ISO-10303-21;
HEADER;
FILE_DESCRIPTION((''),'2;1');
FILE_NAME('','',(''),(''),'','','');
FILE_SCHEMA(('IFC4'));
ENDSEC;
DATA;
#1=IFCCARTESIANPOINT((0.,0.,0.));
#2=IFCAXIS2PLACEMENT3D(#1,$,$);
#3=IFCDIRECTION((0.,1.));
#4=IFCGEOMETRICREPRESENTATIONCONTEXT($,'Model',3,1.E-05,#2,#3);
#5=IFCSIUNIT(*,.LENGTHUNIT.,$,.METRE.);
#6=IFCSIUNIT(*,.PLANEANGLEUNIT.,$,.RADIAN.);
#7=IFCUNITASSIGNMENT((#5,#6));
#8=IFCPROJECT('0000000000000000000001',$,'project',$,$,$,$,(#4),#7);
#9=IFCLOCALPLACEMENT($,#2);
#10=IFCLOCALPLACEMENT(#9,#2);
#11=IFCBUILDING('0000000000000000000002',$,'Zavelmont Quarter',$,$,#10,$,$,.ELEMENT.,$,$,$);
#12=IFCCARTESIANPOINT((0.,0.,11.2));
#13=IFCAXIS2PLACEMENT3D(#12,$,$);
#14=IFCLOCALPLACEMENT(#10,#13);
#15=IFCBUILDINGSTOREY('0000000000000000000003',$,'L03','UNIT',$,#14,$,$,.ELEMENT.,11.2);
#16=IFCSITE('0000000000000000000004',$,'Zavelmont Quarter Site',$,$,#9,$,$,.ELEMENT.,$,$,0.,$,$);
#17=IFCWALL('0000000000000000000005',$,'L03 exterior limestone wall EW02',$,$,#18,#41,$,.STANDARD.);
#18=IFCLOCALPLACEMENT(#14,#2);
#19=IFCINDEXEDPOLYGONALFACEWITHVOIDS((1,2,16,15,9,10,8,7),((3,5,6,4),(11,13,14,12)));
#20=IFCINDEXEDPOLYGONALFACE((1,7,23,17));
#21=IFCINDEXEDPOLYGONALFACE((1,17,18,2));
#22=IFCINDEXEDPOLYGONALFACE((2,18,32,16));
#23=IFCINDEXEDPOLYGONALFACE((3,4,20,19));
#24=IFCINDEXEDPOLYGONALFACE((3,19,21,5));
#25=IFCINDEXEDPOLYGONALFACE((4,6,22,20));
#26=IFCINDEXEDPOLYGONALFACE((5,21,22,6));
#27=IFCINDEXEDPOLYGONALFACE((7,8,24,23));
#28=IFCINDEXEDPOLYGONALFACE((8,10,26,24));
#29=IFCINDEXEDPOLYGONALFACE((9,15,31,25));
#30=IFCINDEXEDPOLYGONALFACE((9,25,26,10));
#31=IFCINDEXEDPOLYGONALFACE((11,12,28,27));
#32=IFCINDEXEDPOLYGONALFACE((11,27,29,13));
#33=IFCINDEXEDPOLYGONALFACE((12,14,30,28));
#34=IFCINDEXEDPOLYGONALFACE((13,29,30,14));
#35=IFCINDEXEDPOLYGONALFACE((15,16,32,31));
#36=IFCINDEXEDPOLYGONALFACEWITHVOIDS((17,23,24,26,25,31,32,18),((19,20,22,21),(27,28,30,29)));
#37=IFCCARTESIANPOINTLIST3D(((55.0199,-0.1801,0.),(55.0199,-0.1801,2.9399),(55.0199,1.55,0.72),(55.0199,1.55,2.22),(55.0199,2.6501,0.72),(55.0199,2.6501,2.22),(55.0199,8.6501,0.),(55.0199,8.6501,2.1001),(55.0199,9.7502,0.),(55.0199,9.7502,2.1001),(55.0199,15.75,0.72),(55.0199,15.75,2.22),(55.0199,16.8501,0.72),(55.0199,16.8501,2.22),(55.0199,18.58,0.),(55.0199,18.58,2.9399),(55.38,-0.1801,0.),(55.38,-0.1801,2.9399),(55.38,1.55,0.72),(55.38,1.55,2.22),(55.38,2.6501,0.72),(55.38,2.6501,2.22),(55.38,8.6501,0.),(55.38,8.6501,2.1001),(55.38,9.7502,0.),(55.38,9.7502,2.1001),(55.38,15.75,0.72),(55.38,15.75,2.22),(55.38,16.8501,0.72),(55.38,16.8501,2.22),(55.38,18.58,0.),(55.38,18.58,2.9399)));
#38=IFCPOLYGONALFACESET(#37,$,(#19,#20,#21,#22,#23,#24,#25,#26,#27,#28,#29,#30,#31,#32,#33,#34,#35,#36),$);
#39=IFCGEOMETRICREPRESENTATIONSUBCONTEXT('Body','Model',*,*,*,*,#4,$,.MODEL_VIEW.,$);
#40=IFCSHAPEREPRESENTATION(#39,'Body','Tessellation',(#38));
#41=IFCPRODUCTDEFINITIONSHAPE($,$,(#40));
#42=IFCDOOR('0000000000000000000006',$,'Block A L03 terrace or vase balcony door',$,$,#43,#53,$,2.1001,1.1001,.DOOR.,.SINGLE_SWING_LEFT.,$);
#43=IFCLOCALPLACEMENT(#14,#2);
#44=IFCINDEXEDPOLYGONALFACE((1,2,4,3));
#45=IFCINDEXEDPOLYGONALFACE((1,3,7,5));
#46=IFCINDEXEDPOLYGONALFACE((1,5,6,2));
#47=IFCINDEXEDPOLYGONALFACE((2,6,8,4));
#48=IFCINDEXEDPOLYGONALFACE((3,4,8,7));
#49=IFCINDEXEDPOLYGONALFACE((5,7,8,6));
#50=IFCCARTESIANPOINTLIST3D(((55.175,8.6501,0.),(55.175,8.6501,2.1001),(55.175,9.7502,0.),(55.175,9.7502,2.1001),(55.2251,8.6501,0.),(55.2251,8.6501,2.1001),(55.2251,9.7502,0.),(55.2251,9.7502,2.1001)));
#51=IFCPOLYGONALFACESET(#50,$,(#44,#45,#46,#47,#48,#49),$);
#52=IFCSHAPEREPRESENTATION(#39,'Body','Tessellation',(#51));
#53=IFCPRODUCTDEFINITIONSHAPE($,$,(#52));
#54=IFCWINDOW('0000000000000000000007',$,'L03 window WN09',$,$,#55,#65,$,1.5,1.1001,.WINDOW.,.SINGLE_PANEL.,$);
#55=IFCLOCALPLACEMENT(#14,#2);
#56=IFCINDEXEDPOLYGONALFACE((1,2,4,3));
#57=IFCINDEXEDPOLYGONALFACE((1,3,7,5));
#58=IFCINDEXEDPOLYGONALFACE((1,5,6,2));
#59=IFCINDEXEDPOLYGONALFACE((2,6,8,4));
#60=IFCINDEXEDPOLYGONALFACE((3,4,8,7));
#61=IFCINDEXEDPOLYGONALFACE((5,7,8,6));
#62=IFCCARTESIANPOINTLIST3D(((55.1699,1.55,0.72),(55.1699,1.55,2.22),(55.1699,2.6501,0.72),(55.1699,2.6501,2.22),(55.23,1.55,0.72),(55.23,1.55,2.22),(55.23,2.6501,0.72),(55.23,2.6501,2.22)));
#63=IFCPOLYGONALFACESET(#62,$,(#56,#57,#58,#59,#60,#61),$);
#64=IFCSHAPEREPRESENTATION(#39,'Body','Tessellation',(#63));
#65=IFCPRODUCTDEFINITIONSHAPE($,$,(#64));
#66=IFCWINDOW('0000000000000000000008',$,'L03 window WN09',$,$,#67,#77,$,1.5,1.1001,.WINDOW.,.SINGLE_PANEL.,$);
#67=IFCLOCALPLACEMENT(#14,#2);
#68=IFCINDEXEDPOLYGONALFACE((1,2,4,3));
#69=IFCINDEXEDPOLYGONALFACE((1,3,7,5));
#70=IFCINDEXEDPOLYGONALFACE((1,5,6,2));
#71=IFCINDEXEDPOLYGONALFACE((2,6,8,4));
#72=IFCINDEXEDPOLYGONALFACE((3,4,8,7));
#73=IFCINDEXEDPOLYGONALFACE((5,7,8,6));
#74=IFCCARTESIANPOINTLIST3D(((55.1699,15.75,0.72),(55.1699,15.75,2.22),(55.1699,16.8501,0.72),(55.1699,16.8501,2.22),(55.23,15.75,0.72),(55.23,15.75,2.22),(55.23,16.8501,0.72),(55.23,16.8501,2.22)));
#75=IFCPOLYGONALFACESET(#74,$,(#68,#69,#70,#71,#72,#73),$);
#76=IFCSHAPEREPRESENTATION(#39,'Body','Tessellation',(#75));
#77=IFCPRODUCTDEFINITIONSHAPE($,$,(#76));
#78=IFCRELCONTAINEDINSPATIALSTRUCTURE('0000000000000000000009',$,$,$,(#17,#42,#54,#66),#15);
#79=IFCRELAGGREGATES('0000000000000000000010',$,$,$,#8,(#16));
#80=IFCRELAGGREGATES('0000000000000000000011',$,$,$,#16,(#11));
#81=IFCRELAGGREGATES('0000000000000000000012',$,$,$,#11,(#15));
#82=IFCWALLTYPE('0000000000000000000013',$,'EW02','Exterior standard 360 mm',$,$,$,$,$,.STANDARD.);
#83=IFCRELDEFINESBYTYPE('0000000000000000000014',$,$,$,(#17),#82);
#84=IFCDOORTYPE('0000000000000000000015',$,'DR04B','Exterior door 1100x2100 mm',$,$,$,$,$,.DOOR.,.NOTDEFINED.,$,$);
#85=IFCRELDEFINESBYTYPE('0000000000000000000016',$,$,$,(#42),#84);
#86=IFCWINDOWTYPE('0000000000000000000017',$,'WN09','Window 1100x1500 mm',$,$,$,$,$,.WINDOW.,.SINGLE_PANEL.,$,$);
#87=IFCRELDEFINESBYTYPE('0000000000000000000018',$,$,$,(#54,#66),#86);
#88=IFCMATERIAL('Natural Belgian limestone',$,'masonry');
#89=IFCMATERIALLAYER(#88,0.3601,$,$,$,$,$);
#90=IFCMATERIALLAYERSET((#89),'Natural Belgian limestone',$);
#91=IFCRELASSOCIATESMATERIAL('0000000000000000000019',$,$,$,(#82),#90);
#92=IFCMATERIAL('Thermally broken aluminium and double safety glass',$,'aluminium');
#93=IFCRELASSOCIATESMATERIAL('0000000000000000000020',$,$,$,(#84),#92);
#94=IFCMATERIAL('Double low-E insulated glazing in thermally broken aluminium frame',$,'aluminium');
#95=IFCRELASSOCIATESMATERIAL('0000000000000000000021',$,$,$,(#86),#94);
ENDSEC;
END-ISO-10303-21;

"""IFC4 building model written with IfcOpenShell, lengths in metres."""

from ifc_helpers import new_model, si_unit, direction, frame, frame_2d, origin, origin_with_axes, place, context, subcontext, project, spatial, rectangle, extrude, material, layer, layer_set, type_object, element, fill, save


model = new_model("IFC4")

# Units and contexts
model_context = context("Model", 3, precision=1e-05, world=origin(), true_north=direction((0.0, 1.0)))
body_context = subcontext(model_context, "Body", "Model", "MODEL_VIEW")
ifc_project = project(units=[si_unit("LENGTHUNIT", "METRE"), si_unit("PLANEANGLEUNIT", "RADIAN")], contexts=[model_context])

# Site, building, storey
site_placement = place(None, origin())
site = spatial("IfcSite", under=ifc_project, at=site_placement, Name="Zavelmont Quarter Site", CompositionType="ELEMENT", RefElevation=0.0)
building_placement = place(site_placement, origin())
building = spatial("IfcBuilding", under=site, at=building_placement, Name="Zavelmont Quarter", CompositionType="ELEMENT")
storey_placement = place(building_placement, frame((0.0, 0.0, 11.2)))
storey = spatial("IfcBuildingStorey", under=building, at=storey_placement, Name="L03", Description="UNIT", CompositionType="ELEMENT", Elevation=11.2)

# Wall, openings, door, windows
ifc_material_1 = material(Name="Natural Belgian limestone", Category="masonry")
ifc_layer = layer(ifc_material_1, 0.3601)
ifc_layer_set = layer_set([ifc_layer], Name="Natural Belgian limestone")
wall_type = type_object("IfcWallType", Name="EW02", Description="Exterior standard 360 mm", PredefinedType="STANDARD", material=ifc_layer_set)
wall_placement = place(storey_placement, frame((55.2, -0.1799, 0.0), z_axis=(0.0, 0.0, 1.0), x_axis=(0.0, 1.0, 0.0)))
wall = element("IfcWall", 1, at=wall_placement, inside=storey, type_object=wall_type, Name="L03 exterior limestone wall EW02", PredefinedType="STANDARD", context=body_context, shape_type="SweptSolid", body=[
    extrude(rectangle(XDim=18.76, YDim=0.3601, at=frame_2d((9.3799, 0.0))), origin(), (0.0, 0.0, 1.0), 2.9399),
])
opening_1_placement = place(wall_placement, frame((8.8301, 0.0, 0.0)))
opening_1 = element("IfcOpeningElement", 2, at=opening_1_placement, cuts=wall, PredefinedType="OPENING", context=body_context, shape_type="SweptSolid", body=[
    extrude(rectangle(XDim=1.1001, YDim=2.1001, at=frame_2d((0.55, 1.05))), frame((0.0, 0.1919, 0.0), z_axis=(0.0, -1.0, 0.0), x_axis=(1.0, 0.0, 0.0)), (0.0, 0.0, 1.0), 0.384),
])
opening_2_placement = place(wall_placement, frame((1.73, 0.0, 0.72)))
opening_2 = element("IfcOpeningElement", 3, at=opening_2_placement, cuts=wall, PredefinedType="OPENING", context=body_context, shape_type="SweptSolid", body=[
    extrude(rectangle(XDim=1.1001, YDim=1.5, at=frame_2d((0.55, 0.75))), frame((0.0, 0.1919, 0.0), z_axis=(0.0, -1.0, 0.0), x_axis=(1.0, 0.0, 0.0)), (0.0, 0.0, 1.0), 0.384),
])
opening_3_placement = place(wall_placement, frame((15.9299, 0.0, 0.72)))
opening_3 = element("IfcOpeningElement", 4, at=opening_3_placement, cuts=wall, PredefinedType="OPENING", context=body_context, shape_type="SweptSolid", body=[
    extrude(rectangle(XDim=1.1001, YDim=1.5, at=frame_2d((0.55, 0.75))), frame((0.0, 0.1919, 0.0), z_axis=(0.0, -1.0, 0.0), x_axis=(1.0, 0.0, 0.0)), (0.0, 0.0, 1.0), 0.384),
])
ifc_material_2 = material(Name="Thermally broken aluminium and double safety glass", Category="aluminium")
door_type = type_object("IfcDoorType", Name="DR04B", Description="Exterior door 1100x2100 mm", OperationType="NOTDEFINED", PredefinedType="DOOR", material=ifc_material_2)
door_placement = place(opening_1_placement, origin_with_axes())
door = element("IfcDoor", 5, at=door_placement, inside=storey, type_object=door_type, Name="Block A L03 terrace or vase balcony door", OperationType="SINGLE_SWING_LEFT", OverallHeight=2.1001, OverallWidth=1.1001, PredefinedType="DOOR", context=body_context, shape_type="SweptSolid", body=[
    extrude(rectangle(XDim=1.1001, YDim=2.1001, at=frame_2d((0.55, 1.05))), frame((0.0, 0.0249, 0.0), z_axis=(0.0, -1.0, 0.0), x_axis=(1.0, 0.0, 0.0)), (0.0, 0.0, 1.0), 0.05),
])
fill(opening_1, door)
ifc_material_3 = material(Name="Double low-E insulated glazing in thermally broken aluminium frame", Category="aluminium")
window_type = type_object("IfcWindowType", Name="WN09", Description="Window 1100x1500 mm", PartitioningType="SINGLE_PANEL", PredefinedType="WINDOW", material=ifc_material_3)
window_1_placement = place(opening_2_placement, origin_with_axes())
window_1 = element("IfcWindow", 6, at=window_1_placement, inside=storey, type_object=window_type, Name="L03 window WN09", OverallHeight=1.5, OverallWidth=1.1001, PartitioningType="SINGLE_PANEL", PredefinedType="WINDOW", context=body_context, shape_type="SweptSolid", body=[
    extrude(rectangle(XDim=1.1001, YDim=1.5, at=frame_2d((0.55, 0.75))), frame((0.0, 0.03, 0.0), z_axis=(0.0, -1.0, 0.0), x_axis=(1.0, 0.0, 0.0)), (0.0, 0.0, 1.0), 0.0601),
])
fill(opening_2, window_1)
window_2_placement = place(opening_3_placement, origin_with_axes())
window_2 = element("IfcWindow", 7, at=window_2_placement, inside=storey, type_object=window_type, Name="L03 window WN09", OverallHeight=1.5, OverallWidth=1.1001, PartitioningType="SINGLE_PANEL", PredefinedType="WINDOW", context=body_context, shape_type="SweptSolid", body=[
    extrude(rectangle(XDim=1.1001, YDim=1.5, at=frame_2d((0.55, 0.75))), frame((0.0, 0.03, 0.0), z_axis=(0.0, -1.0, 0.0), x_axis=(1.0, 0.0, 0.0)), (0.0, 0.0, 1.0), 0.0601),
])
fill(opening_3, window_2)

save(model, "model.ifc")
